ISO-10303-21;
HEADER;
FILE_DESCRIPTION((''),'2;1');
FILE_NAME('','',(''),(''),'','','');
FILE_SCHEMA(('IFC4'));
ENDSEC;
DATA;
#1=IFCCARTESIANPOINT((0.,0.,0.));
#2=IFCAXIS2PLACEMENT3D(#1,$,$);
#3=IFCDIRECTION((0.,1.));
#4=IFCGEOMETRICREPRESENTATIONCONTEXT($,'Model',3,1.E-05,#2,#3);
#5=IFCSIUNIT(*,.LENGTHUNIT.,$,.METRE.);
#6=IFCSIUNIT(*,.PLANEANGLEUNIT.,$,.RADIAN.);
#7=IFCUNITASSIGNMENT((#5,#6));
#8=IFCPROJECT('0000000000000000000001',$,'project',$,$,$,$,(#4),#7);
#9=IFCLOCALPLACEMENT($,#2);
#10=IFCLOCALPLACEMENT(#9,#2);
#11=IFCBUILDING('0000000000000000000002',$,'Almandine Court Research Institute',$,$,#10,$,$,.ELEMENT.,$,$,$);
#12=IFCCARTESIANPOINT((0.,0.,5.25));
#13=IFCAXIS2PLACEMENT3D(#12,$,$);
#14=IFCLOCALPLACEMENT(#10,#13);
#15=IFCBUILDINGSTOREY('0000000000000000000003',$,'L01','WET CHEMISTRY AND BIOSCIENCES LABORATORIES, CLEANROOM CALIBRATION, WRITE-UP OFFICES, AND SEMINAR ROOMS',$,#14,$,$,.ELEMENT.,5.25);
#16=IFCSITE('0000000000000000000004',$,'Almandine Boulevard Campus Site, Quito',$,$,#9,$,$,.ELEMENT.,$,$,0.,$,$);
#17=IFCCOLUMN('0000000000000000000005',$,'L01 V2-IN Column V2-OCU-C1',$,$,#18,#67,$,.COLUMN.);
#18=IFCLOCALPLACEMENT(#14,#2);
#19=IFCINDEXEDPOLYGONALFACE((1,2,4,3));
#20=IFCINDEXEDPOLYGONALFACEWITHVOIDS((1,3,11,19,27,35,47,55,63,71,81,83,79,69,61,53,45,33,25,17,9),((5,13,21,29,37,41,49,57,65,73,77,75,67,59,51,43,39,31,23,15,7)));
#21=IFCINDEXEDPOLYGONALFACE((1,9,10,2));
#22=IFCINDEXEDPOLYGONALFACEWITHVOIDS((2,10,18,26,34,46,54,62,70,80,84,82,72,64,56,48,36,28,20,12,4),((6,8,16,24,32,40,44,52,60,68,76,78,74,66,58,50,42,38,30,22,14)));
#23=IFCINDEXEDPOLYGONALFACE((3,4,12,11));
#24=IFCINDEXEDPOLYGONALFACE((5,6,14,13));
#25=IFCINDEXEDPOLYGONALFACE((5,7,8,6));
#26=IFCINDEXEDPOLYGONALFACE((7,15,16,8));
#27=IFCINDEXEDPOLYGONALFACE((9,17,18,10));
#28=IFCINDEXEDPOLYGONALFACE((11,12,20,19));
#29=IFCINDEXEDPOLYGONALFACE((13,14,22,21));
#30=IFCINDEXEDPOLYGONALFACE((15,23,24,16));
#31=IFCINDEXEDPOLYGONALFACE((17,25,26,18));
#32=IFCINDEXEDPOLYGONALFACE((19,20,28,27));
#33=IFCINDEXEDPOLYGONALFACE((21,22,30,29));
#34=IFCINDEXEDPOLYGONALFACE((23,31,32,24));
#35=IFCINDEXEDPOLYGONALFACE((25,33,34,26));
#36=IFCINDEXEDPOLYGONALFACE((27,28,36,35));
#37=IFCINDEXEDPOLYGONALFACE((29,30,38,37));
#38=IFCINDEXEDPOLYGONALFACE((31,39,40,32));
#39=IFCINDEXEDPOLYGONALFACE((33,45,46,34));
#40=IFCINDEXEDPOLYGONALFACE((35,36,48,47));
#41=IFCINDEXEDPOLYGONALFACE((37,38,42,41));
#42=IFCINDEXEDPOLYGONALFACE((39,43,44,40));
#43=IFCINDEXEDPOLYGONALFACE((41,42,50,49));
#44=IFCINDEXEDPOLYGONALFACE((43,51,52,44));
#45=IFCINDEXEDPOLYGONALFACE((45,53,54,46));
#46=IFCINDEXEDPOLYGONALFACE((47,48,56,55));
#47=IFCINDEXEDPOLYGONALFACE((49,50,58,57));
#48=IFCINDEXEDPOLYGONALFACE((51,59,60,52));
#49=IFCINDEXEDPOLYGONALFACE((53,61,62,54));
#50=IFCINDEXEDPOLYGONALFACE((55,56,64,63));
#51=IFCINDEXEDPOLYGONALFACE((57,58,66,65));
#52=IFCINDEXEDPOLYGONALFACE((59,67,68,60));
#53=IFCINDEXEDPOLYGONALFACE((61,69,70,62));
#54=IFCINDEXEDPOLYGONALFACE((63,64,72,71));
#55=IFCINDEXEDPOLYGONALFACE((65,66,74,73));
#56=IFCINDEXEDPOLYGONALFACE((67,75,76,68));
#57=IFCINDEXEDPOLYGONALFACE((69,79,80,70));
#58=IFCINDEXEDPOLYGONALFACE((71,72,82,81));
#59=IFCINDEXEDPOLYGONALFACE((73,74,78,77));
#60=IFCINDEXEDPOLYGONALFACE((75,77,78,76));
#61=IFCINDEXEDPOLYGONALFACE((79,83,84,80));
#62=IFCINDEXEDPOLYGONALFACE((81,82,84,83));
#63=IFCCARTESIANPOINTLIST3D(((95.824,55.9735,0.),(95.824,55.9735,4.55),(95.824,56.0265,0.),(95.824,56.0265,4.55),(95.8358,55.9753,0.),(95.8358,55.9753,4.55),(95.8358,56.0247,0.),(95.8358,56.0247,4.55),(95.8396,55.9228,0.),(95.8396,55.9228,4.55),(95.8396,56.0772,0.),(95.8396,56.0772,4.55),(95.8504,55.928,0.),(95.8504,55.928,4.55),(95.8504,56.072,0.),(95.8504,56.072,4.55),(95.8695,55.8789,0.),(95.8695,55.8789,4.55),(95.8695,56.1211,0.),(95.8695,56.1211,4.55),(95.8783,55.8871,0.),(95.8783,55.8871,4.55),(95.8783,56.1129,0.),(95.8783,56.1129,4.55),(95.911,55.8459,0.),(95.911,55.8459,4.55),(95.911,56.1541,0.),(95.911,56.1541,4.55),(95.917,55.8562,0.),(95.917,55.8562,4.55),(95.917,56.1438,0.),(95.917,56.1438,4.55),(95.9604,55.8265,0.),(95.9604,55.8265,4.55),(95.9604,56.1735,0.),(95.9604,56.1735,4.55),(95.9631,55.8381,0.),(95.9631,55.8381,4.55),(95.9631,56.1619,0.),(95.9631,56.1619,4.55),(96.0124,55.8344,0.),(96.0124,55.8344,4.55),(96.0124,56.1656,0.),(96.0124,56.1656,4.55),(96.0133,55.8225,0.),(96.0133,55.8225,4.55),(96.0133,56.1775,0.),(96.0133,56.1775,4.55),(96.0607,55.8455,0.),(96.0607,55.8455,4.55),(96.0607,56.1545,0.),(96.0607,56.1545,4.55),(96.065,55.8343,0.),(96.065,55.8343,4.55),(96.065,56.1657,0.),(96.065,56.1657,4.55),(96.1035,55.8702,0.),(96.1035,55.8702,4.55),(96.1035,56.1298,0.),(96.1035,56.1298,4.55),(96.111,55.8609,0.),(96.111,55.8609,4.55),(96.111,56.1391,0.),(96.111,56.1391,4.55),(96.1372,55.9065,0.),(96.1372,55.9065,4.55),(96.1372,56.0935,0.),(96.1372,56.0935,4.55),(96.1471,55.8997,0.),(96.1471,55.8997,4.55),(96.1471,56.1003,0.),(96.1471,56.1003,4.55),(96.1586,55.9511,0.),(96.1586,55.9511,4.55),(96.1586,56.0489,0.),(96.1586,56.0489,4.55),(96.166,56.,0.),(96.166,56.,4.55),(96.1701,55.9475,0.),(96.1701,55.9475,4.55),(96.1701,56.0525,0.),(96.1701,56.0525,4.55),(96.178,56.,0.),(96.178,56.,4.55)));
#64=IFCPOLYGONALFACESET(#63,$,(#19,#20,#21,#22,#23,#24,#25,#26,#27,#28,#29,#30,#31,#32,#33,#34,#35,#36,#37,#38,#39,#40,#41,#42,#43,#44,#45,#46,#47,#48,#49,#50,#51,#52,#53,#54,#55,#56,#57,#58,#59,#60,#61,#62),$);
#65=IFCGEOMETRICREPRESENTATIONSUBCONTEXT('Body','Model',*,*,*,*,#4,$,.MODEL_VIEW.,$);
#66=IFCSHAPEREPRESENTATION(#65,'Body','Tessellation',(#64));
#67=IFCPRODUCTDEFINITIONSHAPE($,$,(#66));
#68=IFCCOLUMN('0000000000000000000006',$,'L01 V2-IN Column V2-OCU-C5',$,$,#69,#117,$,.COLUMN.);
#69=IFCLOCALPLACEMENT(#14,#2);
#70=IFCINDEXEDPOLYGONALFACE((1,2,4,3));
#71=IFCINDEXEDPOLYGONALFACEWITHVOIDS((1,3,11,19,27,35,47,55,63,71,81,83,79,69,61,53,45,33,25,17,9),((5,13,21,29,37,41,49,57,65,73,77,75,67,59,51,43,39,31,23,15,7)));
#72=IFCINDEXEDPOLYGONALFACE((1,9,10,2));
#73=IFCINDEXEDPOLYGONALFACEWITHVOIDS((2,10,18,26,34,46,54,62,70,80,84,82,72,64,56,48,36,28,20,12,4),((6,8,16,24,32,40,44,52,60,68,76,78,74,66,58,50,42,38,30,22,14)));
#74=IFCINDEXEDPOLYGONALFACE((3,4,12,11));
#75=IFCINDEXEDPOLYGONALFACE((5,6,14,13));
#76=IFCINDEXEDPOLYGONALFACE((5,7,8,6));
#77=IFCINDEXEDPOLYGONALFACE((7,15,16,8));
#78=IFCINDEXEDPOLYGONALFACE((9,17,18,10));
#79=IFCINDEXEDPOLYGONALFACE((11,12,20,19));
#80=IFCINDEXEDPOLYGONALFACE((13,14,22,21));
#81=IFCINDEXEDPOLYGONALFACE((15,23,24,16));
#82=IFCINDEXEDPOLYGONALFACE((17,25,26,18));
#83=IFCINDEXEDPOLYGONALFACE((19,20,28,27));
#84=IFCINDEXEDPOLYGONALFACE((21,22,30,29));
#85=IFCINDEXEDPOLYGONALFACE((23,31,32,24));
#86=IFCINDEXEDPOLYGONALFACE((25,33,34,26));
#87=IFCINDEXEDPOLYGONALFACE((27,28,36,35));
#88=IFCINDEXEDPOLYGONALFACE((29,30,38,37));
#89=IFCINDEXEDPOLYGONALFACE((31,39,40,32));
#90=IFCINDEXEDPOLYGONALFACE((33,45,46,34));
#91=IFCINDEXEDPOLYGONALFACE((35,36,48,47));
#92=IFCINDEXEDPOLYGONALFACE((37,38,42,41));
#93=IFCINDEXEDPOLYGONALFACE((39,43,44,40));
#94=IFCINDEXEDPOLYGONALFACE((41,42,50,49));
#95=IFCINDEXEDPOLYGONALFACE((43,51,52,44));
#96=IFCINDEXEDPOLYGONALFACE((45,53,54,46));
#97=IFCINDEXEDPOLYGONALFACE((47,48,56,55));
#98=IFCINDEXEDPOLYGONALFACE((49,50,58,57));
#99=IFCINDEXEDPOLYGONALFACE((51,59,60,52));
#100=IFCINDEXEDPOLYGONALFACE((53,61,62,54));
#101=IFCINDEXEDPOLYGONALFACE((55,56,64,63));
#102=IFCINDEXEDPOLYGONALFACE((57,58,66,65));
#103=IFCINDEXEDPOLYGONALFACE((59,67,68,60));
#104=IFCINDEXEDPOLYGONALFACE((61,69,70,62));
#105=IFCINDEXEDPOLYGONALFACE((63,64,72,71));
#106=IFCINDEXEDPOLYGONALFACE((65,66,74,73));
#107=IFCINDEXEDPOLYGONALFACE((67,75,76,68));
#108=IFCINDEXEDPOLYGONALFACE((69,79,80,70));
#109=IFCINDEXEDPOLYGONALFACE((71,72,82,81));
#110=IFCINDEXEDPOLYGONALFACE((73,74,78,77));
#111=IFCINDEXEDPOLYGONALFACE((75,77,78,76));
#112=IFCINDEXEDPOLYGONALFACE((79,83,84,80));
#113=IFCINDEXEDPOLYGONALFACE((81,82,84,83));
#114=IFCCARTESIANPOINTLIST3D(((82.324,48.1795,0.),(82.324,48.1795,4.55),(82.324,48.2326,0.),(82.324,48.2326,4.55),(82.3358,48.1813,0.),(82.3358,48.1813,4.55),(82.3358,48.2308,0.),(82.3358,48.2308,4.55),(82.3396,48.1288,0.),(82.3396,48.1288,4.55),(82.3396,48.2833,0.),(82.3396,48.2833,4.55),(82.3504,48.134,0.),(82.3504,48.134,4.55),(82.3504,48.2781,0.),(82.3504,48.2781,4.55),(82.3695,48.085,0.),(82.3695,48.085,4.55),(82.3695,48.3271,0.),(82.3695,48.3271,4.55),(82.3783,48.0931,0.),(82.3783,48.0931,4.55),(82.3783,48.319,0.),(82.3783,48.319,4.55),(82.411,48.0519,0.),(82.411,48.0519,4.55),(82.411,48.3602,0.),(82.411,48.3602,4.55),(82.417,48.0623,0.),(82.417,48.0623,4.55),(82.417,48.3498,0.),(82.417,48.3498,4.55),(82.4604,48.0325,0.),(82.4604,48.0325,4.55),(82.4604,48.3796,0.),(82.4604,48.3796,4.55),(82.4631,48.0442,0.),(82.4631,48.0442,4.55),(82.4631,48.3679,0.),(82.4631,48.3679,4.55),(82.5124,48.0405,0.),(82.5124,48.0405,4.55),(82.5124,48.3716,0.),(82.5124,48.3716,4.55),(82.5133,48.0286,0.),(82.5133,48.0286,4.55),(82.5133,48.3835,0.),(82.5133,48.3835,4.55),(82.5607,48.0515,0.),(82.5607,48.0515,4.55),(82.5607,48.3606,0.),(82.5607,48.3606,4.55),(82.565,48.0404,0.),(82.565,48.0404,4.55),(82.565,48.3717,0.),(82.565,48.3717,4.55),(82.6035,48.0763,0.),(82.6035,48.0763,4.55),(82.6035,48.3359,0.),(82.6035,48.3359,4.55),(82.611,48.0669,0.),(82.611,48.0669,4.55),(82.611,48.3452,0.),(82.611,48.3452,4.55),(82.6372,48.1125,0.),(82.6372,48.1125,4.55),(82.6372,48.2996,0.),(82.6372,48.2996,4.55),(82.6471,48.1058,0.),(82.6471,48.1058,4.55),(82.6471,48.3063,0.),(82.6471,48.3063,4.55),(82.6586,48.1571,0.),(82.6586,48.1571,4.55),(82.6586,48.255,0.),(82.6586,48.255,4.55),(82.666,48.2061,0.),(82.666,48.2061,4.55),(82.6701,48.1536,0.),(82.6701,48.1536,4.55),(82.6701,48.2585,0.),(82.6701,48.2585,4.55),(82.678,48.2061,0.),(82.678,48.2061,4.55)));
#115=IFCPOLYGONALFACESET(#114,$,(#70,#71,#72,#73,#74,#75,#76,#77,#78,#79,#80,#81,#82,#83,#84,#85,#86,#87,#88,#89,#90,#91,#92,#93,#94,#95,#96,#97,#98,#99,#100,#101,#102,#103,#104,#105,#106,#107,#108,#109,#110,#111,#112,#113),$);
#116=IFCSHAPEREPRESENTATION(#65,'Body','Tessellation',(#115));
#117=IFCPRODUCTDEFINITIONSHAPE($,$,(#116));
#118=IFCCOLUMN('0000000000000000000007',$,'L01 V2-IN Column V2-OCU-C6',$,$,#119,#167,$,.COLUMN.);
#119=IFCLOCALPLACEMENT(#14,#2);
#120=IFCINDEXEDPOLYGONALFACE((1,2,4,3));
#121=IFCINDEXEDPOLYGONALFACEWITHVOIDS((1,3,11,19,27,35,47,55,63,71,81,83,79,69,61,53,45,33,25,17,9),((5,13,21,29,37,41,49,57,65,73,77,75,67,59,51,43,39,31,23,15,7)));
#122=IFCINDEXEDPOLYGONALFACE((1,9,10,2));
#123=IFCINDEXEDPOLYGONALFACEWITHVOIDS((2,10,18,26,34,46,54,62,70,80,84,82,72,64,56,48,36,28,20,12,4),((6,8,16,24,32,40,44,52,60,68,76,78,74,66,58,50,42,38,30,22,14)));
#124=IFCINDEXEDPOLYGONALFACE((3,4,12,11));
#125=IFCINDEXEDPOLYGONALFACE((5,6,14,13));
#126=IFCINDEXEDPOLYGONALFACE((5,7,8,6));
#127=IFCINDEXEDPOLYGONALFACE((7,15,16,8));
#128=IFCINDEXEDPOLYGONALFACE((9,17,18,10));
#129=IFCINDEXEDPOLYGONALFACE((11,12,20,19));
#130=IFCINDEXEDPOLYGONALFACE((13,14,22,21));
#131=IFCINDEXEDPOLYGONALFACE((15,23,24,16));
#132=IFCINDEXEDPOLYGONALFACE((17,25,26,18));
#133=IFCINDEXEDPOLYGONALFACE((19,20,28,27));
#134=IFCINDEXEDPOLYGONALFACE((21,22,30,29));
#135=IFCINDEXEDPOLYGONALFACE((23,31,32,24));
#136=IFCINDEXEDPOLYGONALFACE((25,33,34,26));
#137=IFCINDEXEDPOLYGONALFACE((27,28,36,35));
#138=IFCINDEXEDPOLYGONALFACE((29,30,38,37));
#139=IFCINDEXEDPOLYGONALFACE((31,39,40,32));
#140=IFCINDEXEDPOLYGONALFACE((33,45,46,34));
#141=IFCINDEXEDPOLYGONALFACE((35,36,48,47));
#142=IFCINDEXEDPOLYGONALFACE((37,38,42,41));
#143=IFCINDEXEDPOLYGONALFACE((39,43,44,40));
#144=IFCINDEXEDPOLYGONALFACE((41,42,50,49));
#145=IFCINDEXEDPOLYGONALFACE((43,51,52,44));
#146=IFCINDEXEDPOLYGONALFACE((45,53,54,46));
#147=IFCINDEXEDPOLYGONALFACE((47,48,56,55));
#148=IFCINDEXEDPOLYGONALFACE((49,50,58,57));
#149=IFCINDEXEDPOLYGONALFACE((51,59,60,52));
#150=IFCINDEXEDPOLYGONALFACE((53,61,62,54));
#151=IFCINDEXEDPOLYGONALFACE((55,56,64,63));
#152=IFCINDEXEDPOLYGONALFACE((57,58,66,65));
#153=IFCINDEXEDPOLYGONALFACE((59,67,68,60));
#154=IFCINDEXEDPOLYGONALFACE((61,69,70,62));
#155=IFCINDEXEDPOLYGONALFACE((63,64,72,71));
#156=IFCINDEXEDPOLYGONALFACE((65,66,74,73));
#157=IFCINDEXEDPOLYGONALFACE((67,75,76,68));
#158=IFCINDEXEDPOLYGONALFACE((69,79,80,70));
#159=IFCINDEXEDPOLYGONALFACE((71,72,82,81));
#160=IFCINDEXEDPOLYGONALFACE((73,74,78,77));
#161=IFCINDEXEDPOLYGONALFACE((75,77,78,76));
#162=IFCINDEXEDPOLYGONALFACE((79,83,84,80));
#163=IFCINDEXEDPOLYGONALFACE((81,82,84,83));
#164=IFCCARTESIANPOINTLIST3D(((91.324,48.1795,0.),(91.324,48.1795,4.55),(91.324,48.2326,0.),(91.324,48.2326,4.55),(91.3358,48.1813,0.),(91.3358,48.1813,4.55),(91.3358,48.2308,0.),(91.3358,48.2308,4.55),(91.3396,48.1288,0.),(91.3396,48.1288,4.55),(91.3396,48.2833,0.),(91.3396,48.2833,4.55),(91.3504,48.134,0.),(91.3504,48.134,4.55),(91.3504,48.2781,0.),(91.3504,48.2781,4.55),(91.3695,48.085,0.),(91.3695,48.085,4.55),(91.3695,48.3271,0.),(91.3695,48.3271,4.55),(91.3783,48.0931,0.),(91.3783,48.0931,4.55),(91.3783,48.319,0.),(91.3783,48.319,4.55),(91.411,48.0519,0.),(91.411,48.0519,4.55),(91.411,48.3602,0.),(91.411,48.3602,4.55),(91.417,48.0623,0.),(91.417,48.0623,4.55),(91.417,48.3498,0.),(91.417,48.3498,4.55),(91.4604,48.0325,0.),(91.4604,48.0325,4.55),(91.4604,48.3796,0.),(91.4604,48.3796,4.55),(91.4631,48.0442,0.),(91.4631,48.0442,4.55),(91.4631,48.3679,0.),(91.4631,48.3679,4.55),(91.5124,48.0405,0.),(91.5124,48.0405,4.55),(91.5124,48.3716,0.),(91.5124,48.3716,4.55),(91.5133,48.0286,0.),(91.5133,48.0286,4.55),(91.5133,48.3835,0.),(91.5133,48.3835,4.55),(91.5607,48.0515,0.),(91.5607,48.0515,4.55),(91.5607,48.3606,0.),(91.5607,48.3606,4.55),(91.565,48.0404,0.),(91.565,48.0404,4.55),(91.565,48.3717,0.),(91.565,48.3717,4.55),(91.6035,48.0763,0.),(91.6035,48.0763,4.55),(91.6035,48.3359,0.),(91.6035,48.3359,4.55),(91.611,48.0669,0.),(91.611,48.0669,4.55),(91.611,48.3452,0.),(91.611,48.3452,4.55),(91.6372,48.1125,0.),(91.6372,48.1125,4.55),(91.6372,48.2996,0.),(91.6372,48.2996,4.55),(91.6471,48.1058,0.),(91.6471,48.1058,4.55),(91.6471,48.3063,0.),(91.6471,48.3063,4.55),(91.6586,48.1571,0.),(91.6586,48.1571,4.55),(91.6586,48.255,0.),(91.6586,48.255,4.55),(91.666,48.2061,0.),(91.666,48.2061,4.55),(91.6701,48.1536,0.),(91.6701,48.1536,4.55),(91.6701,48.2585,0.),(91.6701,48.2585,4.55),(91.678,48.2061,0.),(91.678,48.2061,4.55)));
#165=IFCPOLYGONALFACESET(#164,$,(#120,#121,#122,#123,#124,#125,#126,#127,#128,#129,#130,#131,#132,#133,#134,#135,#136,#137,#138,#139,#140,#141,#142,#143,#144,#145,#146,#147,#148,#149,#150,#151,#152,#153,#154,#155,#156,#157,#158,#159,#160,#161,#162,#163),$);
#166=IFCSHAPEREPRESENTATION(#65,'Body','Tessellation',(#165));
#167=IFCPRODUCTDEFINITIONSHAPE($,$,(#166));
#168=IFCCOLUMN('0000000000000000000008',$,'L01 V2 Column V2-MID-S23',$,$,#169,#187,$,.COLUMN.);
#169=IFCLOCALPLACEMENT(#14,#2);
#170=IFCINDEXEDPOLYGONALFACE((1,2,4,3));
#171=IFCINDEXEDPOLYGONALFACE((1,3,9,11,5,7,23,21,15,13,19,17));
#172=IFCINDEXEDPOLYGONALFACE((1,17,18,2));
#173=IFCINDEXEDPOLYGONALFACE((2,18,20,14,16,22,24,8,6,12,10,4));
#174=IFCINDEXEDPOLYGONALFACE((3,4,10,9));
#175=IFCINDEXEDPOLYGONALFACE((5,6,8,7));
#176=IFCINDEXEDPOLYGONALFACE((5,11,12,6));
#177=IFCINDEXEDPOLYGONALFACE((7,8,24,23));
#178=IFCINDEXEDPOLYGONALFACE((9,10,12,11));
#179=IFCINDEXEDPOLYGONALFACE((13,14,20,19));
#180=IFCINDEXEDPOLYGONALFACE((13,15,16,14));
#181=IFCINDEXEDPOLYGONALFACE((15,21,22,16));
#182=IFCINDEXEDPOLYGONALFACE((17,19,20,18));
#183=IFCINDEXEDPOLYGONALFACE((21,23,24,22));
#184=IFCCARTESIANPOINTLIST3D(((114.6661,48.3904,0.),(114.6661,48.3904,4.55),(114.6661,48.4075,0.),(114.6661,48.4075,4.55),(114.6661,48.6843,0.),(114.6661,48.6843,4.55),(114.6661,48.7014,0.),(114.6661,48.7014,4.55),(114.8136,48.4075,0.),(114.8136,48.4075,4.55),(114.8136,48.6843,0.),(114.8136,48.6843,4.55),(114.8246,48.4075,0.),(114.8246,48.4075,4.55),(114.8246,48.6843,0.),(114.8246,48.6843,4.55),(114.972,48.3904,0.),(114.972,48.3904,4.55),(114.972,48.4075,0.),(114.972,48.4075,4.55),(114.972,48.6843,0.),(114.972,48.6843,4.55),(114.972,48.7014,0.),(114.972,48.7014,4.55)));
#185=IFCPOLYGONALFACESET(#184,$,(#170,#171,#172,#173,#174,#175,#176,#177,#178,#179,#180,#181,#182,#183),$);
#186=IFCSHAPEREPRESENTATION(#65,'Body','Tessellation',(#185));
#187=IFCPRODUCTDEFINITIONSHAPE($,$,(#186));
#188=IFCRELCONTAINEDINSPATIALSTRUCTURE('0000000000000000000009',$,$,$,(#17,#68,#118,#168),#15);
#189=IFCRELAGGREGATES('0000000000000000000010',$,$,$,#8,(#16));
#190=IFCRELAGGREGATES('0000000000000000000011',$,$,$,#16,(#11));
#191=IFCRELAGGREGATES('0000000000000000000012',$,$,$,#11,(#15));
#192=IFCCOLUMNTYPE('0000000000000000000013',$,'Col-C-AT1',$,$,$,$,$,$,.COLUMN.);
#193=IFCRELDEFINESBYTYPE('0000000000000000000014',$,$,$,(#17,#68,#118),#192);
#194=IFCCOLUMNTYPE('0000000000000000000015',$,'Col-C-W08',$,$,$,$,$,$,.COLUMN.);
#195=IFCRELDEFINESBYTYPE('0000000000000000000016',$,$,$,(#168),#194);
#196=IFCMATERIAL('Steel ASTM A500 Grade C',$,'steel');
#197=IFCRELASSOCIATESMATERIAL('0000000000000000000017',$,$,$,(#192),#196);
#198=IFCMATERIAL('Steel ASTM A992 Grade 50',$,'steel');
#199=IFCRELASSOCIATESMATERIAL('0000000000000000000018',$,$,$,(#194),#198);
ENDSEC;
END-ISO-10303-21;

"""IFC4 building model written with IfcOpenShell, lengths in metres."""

from ifc_helpers import new_model, si_unit, direction, frame, origin, origin_2d, place, context, subcontext, project, spatial, hollow_circle, i_section, extrude, material, material_profile, profile_set, type_object, element, save


model = new_model("IFC4")

# Units and contexts
model_context = context("Model", 3, precision=1e-05, world=origin(), true_north=direction((0.0, 1.0)))
body_context = subcontext(model_context, "Body", "Model", "MODEL_VIEW")
ifc_project = project(units=[si_unit("LENGTHUNIT", "METRE"), si_unit("PLANEANGLEUNIT", "RADIAN")], contexts=[model_context])

# Site, building, storey
site_placement = place(None, origin())
site = spatial("IfcSite", under=ifc_project, at=site_placement, Name="Almandine Boulevard Campus Site, Quito", CompositionType="ELEMENT", RefElevation=0.0)
building_placement = place(site_placement, origin())
building = spatial("IfcBuilding", under=site, at=building_placement, Name="Almandine Court Research Institute", CompositionType="ELEMENT")
storey_placement = place(building_placement, frame((0.0, 0.0, 5.25)))
storey = spatial("IfcBuildingStorey", under=building, at=storey_placement, Name="L01", Description="WET CHEMISTRY AND BIOSCIENCES LABORATORIES, CLEANROOM CALIBRATION, WRITE-UP OFFICES, AND SEMINAR ROOMS", CompositionType="ELEMENT", Elevation=5.25)

# Columns
ifc_material_1 = material(Name="Steel ASTM A500 Grade C", Category="steel")
ifc_material_profile_1 = material_profile(ifc_material_1, hollow_circle(Radius=0.178, WallThickness=0.012, at=origin_2d()), Name="CHS 356x12")
ifc_profile_set_1 = profile_set([ifc_material_profile_1], Name="Steel ASTM A500 Grade C")
column_type_1 = type_object("IfcColumnType", Name="Col-C-AT1", PredefinedType="COLUMN", material=ifc_profile_set_1)
for number, where, z_axis, x_axis, name in (
    (1, (96.0, 56.0, 0.0), (0.0, 0.0, 1.0), (1.0, 0.0, 0.0), "L01 V2-IN Column V2-OCU-C1"),
    (2, (82.5, 48.2061, 0.0), (0.0, 0.0, 1.0), (1.0, 0.0, 0.0), "L01 V2-IN Column V2-OCU-C5"),
    (3, (91.5, 48.2061, 0.0), (0.0, 0.0, 1.0), (1.0, 0.0, 0.0), "L01 V2-IN Column V2-OCU-C6"),
):
    element("IfcColumn", number, at=place(storey_placement, frame(where, z_axis=z_axis, x_axis=x_axis)), inside=storey, type_object=column_type_1, Name=name, PredefinedType="COLUMN", context=body_context, shape_type="SweptSolid", body=[
        extrude(hollow_circle(Radius=0.178, WallThickness=0.012, at=origin_2d()), origin(), (0.0, 0.0, 1.0), 4.55),
    ])
ifc_material_2 = material(Name="Steel ASTM A992 Grade 50", Category="steel")
ifc_material_profile_2 = material_profile(ifc_material_2, i_section(OverallWidth=0.3059, OverallDepth=0.311, WebThickness=0.011, FlangeThickness=0.0171, at=origin_2d()), Name="W310x107")
ifc_profile_set_2 = profile_set([ifc_material_profile_2], Name="Steel ASTM A992 Grade 50")
column_type_2 = type_object("IfcColumnType", Name="Col-C-W08", PredefinedType="COLUMN", material=ifc_profile_set_2)
column_1_placement = place(storey_placement, frame((114.8191, 48.5459, 0.0), z_axis=(0.0, 0.0, 1.0), x_axis=(1.0, 0.0, 0.0)))
element("IfcColumn", 4, at=column_1_placement, inside=storey, type_object=column_type_2, Name="L01 V2 Column V2-MID-S23", PredefinedType="COLUMN", context=body_context, shape_type="SweptSolid", body=[
    extrude(i_section(OverallWidth=0.3059, OverallDepth=0.311, WebThickness=0.011, FlangeThickness=0.0171, at=origin_2d()), origin(), (0.0, 0.0, 1.0), 4.55),
])

save(model, "model.ifc")
